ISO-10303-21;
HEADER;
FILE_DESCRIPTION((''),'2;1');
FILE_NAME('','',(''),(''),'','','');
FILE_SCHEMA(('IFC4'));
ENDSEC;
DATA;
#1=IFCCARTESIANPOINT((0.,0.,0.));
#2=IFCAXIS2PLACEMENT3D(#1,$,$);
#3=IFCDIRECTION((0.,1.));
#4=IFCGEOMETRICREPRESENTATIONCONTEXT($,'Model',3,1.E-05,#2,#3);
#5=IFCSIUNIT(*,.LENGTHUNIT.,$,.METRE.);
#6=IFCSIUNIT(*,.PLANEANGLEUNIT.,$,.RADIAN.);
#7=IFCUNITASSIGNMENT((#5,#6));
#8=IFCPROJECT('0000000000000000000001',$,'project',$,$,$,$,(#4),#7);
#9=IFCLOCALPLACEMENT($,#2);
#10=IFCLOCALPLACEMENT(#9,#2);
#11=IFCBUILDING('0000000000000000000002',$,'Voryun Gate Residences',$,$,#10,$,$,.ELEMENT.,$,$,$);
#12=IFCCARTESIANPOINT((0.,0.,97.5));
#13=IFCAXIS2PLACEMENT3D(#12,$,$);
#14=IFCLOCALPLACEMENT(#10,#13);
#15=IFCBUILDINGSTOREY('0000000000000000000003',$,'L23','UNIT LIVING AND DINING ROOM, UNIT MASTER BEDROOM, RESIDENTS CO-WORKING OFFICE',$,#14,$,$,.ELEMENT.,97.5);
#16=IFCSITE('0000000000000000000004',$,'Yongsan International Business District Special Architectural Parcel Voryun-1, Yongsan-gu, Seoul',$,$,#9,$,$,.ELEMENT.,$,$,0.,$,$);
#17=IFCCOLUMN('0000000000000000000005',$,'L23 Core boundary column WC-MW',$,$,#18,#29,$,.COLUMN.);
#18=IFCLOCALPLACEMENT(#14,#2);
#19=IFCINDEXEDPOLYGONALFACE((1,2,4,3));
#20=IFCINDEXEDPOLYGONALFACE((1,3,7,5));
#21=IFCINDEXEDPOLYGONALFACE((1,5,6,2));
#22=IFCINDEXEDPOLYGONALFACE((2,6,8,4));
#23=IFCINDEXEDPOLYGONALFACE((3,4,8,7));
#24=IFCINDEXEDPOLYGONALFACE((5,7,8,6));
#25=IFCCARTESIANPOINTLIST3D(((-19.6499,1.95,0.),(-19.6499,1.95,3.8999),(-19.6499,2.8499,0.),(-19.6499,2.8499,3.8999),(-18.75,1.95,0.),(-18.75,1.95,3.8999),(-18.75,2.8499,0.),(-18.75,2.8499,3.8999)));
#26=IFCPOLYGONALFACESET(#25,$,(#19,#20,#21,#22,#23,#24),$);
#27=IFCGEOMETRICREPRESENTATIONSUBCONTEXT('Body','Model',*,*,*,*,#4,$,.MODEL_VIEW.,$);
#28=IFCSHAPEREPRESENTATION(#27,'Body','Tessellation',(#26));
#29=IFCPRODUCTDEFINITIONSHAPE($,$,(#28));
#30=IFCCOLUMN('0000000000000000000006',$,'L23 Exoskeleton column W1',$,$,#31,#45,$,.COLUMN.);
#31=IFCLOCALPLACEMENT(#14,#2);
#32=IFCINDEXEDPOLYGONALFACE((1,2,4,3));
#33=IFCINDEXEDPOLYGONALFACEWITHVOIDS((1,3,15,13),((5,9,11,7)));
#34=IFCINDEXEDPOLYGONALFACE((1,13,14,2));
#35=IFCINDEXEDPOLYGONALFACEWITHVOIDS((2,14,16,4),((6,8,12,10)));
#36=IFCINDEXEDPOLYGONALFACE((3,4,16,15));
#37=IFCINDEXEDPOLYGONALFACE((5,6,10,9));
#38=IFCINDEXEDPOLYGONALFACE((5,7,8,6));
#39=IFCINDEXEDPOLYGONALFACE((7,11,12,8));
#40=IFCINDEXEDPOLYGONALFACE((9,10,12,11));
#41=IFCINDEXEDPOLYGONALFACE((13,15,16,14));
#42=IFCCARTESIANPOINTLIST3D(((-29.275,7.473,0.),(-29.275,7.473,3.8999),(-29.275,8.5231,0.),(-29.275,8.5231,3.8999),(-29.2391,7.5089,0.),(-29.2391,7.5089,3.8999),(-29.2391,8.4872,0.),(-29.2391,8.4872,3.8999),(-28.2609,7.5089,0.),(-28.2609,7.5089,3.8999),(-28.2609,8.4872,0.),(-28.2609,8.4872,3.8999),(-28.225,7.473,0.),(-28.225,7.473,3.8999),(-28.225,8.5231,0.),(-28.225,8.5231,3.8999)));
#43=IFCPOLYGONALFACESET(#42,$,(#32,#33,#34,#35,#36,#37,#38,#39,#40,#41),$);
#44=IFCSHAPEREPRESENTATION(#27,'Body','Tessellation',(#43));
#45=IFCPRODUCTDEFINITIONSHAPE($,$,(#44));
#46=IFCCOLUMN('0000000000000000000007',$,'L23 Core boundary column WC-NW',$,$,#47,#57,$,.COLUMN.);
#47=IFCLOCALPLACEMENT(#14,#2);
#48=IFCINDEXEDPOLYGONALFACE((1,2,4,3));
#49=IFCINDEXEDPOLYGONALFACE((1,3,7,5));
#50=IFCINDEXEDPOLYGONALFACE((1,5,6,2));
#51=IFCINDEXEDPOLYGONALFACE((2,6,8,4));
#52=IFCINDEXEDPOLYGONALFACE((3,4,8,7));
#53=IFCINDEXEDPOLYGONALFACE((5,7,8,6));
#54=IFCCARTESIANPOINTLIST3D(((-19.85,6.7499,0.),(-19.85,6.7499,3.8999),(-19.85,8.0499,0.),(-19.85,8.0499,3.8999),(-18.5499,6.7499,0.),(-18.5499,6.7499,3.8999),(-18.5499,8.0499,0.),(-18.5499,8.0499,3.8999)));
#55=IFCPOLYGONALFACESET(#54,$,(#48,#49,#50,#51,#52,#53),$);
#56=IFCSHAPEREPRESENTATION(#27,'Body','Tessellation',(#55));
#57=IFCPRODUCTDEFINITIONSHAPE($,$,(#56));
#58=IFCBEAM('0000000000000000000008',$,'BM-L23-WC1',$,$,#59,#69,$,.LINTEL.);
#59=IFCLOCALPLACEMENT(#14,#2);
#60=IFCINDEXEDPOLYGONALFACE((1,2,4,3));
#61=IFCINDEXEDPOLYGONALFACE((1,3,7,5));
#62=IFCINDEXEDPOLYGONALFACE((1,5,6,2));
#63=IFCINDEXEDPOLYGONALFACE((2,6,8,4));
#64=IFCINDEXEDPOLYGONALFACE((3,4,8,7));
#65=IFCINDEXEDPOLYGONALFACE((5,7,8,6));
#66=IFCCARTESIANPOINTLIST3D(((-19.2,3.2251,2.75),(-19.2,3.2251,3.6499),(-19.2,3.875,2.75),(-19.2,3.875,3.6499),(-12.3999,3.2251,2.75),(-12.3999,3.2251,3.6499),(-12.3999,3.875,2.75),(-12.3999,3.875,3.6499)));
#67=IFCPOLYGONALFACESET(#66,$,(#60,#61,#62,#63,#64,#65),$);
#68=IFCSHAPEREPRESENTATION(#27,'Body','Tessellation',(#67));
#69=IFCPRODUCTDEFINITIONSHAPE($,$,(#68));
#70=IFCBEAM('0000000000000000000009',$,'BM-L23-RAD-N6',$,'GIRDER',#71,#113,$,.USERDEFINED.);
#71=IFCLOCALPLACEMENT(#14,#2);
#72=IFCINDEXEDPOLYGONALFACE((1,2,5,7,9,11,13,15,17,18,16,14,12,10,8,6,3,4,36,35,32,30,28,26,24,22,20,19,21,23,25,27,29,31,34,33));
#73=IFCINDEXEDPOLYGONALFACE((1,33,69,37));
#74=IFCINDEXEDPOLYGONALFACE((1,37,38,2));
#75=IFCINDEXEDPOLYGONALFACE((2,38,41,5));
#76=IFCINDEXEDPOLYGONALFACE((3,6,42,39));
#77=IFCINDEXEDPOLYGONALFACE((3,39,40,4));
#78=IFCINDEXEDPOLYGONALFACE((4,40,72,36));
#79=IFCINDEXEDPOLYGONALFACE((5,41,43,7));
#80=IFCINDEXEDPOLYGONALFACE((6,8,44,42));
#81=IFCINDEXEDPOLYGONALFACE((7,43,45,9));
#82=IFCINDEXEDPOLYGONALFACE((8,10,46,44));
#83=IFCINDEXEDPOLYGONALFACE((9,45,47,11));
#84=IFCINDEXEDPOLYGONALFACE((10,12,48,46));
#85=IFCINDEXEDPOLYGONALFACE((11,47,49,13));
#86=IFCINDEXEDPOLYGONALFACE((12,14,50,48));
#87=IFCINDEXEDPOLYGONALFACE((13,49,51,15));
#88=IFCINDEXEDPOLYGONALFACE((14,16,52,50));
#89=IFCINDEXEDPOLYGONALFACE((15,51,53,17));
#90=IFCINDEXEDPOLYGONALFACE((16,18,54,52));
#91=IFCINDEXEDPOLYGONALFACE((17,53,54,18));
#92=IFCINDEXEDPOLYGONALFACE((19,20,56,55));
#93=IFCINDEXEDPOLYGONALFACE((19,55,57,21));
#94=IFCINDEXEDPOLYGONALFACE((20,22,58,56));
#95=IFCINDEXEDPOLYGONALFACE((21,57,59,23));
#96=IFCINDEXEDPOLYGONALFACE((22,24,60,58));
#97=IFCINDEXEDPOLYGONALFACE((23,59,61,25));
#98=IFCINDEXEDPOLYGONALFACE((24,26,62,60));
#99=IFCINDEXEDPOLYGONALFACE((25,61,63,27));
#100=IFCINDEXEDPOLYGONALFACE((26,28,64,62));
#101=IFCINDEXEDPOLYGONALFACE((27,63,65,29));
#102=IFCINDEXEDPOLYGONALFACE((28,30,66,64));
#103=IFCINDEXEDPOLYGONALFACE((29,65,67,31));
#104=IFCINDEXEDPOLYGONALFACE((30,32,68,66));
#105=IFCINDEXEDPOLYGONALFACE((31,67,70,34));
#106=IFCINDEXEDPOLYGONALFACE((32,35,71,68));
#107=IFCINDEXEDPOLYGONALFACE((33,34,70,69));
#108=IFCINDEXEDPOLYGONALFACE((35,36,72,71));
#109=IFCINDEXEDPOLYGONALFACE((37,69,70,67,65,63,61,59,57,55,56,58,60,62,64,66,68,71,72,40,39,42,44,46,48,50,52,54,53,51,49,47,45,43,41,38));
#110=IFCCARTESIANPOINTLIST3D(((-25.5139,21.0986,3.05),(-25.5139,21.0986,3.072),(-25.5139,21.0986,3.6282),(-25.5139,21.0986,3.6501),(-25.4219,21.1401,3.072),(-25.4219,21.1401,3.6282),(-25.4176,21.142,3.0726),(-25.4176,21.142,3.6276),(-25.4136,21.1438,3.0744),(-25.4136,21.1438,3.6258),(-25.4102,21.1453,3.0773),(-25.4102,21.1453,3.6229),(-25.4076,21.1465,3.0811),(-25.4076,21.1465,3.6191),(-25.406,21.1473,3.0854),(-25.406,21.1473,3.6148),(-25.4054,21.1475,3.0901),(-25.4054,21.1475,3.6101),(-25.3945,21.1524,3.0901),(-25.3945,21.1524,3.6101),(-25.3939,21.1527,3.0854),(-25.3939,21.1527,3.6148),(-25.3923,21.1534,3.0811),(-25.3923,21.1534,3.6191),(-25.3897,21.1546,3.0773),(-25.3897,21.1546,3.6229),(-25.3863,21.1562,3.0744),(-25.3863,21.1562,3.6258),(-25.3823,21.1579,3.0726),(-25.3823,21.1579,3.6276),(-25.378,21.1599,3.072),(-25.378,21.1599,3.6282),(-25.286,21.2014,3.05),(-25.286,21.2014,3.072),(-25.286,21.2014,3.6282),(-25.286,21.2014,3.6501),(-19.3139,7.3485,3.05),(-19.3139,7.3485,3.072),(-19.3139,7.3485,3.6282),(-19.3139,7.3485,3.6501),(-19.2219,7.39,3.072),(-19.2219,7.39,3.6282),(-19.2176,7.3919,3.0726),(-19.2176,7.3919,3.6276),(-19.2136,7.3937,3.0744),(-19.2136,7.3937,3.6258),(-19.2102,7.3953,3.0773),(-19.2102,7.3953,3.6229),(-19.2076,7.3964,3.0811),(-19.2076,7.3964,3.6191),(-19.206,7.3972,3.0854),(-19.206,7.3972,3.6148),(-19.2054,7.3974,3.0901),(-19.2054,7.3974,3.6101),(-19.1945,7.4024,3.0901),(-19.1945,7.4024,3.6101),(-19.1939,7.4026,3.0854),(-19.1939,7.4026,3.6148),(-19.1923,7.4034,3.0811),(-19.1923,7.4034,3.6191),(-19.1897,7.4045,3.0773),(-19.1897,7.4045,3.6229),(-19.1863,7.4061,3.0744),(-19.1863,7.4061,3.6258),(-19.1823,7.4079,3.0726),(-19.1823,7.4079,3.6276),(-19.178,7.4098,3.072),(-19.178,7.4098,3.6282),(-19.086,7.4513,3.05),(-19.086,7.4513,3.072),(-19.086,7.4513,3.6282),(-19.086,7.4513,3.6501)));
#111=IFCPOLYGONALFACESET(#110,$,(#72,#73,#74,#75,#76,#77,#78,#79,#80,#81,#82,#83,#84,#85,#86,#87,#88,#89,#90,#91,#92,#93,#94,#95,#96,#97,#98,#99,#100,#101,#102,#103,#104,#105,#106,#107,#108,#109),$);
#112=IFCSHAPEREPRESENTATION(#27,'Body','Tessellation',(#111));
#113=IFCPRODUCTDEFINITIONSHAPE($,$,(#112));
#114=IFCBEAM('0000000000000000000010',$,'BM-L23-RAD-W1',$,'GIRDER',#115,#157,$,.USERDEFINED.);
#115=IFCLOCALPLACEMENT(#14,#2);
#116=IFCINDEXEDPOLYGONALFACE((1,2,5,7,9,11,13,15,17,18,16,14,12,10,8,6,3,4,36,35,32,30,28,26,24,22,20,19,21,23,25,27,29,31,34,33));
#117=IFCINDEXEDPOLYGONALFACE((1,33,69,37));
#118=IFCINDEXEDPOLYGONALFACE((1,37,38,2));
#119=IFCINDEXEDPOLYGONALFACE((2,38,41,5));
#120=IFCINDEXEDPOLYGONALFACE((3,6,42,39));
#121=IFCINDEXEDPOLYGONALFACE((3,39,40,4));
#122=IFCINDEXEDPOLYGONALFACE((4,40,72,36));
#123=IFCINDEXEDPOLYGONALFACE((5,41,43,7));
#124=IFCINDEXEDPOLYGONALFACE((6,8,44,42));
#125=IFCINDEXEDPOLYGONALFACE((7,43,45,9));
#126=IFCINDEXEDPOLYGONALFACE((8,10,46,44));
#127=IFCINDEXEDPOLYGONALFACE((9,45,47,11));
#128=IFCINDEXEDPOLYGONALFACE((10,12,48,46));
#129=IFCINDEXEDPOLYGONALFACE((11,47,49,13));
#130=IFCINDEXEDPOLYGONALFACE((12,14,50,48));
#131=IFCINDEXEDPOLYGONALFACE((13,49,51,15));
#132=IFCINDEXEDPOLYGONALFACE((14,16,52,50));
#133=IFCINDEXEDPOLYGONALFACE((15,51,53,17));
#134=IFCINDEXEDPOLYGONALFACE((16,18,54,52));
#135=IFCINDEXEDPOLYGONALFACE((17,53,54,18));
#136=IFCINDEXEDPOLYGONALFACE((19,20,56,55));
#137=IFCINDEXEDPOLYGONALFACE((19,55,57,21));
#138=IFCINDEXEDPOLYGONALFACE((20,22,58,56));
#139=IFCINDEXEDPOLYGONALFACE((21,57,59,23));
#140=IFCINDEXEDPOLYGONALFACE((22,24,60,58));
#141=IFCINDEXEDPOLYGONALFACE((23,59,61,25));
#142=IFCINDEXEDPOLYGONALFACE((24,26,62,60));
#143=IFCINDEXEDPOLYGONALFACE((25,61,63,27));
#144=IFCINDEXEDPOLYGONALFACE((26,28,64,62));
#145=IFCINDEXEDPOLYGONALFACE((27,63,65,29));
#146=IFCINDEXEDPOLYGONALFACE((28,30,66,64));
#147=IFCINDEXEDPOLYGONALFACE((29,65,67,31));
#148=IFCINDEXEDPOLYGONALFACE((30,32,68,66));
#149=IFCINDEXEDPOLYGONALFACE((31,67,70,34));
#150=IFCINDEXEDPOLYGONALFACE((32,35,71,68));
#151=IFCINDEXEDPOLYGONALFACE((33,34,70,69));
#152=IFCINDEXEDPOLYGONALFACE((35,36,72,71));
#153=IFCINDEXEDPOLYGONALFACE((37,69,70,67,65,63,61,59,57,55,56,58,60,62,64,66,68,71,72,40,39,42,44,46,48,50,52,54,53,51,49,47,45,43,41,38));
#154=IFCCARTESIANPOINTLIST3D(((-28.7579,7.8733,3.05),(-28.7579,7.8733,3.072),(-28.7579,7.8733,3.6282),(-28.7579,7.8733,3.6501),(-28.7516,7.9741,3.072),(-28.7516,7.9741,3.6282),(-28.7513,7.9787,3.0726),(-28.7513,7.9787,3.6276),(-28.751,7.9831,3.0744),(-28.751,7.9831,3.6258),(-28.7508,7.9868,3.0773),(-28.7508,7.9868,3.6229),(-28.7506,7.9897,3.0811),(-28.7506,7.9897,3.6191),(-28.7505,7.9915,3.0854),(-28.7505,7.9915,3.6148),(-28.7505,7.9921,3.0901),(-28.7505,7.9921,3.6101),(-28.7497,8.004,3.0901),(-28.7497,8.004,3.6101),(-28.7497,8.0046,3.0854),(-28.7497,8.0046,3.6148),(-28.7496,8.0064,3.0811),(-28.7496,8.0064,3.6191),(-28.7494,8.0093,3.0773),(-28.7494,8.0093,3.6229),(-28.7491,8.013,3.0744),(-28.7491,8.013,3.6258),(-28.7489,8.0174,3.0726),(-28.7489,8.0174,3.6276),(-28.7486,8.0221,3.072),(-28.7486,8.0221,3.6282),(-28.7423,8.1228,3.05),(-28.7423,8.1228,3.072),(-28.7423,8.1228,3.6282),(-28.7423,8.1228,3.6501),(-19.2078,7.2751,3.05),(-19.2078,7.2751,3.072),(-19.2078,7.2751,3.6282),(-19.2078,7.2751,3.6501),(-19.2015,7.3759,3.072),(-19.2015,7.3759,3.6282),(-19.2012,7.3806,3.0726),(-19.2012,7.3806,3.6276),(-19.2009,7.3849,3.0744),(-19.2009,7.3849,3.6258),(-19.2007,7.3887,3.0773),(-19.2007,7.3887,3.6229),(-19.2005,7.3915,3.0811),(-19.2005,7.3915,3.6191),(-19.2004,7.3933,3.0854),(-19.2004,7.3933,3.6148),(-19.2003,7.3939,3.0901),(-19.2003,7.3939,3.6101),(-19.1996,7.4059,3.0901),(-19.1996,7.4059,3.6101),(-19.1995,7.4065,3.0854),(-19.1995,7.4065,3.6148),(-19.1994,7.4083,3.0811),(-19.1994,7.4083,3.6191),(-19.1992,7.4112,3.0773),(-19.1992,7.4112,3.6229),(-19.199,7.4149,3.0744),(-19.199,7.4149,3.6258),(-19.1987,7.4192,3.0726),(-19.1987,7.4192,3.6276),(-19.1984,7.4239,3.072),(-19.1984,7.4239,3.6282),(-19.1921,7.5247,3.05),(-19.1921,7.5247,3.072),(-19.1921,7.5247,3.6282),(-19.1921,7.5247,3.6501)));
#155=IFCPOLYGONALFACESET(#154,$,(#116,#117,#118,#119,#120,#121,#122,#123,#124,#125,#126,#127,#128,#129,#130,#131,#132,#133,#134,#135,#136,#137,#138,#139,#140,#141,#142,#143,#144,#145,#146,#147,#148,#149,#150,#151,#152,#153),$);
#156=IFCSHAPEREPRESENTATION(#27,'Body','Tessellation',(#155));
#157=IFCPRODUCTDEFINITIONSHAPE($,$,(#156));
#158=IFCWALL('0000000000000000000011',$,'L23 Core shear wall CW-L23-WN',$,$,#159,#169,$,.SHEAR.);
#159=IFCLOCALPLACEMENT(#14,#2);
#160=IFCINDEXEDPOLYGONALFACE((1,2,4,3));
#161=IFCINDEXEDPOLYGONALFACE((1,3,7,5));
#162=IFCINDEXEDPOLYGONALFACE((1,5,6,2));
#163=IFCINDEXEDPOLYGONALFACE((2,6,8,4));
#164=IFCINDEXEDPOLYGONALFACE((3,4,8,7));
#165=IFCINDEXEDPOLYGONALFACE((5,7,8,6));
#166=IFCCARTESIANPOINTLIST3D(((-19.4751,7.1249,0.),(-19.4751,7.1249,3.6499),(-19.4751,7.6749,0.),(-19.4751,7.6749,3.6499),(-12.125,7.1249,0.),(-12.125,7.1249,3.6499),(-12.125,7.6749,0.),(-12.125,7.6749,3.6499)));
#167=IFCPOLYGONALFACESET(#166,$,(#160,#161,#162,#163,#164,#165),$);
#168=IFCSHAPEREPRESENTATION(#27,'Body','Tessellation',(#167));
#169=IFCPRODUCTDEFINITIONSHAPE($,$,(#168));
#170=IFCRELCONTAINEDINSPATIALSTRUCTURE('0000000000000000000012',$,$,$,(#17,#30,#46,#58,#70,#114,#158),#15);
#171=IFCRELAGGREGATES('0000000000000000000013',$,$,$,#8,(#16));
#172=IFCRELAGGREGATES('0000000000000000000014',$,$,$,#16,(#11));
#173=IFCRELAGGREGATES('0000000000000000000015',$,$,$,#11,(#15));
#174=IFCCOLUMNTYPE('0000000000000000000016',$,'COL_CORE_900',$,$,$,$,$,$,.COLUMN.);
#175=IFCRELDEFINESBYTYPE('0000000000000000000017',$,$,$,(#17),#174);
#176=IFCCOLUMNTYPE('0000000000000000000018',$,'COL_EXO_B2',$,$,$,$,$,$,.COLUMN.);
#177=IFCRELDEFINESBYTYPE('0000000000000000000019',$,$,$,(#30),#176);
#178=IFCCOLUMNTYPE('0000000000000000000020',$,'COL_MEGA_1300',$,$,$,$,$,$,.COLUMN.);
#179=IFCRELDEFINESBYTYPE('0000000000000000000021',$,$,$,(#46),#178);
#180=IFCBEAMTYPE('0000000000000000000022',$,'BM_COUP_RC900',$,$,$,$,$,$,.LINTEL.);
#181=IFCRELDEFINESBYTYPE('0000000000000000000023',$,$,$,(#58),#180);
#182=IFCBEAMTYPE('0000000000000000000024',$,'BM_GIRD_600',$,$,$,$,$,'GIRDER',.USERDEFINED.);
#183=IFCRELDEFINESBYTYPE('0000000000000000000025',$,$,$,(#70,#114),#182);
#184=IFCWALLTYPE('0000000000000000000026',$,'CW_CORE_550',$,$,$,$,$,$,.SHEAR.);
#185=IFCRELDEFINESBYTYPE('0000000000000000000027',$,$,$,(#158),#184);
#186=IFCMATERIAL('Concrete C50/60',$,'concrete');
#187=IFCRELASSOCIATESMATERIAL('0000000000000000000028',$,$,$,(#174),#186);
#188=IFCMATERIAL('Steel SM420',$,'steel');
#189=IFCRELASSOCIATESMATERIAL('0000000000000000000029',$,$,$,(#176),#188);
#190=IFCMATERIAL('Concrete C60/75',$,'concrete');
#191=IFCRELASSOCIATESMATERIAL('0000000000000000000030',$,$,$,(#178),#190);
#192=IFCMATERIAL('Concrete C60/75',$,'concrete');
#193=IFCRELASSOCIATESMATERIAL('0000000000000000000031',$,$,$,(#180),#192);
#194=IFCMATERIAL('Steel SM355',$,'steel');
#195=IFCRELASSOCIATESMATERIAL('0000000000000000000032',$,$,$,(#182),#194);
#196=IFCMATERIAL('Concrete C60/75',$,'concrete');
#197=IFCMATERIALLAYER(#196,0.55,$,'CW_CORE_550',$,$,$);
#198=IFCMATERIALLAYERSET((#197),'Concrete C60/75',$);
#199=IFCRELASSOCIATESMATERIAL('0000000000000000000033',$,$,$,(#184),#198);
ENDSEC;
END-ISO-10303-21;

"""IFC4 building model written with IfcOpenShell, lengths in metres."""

from ifc_helpers import new_model, si_unit, direction, frame, frame_2d, origin, origin_2d, place, context, subcontext, project, spatial, rectangle, hollow_rectangle, i_section, extrude, material, layer, layer_set, material_profile, profile_set, type_object, element, save


model = new_model("IFC4")

# Units and contexts
model_context = context("Model", 3, precision=1e-05, world=origin(), true_north=direction((0.0, 1.0)))
body_context = subcontext(model_context, "Body", "Model", "MODEL_VIEW")
ifc_project = project(units=[si_unit("LENGTHUNIT", "METRE"), si_unit("PLANEANGLEUNIT", "RADIAN")], contexts=[model_context])

# Site, building, storey
site_placement = place(None, origin())
site = spatial("IfcSite", under=ifc_project, at=site_placement, Name="Yongsan International Business District Special Architectural Parcel Voryun-1, Yongsan-gu, Seoul", CompositionType="ELEMENT", RefElevation=0.0)
building_placement = place(site_placement, origin())
building = spatial("IfcBuilding", under=site, at=building_placement, Name="Voryun Gate Residences", CompositionType="ELEMENT")
storey_placement = place(building_placement, frame((0.0, 0.0, 97.5)))
storey = spatial("IfcBuildingStorey", under=building, at=storey_placement, Name="L23", Description="UNIT LIVING AND DINING ROOM, UNIT MASTER BEDROOM, RESIDENTS CO-WORKING OFFICE", CompositionType="ELEMENT", Elevation=97.5)

# Columns
ifc_material_1 = material(Name="Concrete C50/60", Category="concrete")
ifc_material_profile_1 = material_profile(ifc_material_1, rectangle(XDim=0.8999, YDim=0.8999, at=origin_2d()), Name="RC-900x900")
ifc_profile_set_1 = profile_set([ifc_material_profile_1], Name="Concrete C50/60")
column_type_1 = type_object("IfcColumnType", Name="COL_CORE_900", PredefinedType="COLUMN", material=ifc_profile_set_1)
column_1_placement = place(storey_placement, frame((-19.2, 2.3999, 0.0), z_axis=(0.0, 0.0, 1.0), x_axis=(1.0, 0.0, 0.0)))
element("IfcColumn", 1, at=column_1_placement, inside=storey, type_object=column_type_1, Name="L23 Core boundary column WC-MW", PredefinedType="COLUMN", context=body_context, shape_type="SweptSolid", body=[
    extrude(rectangle(XDim=0.8999, YDim=0.8999, at=origin_2d()), origin(), (0.0, 0.0, 1.0), 3.8999),
])
ifc_material_2 = material(Name="Steel SM420", Category="steel")
ifc_material_profile_2 = material_profile(ifc_material_2, hollow_rectangle(XDim=1.05, YDim=1.05, WallThickness=0.0359, at=origin_2d()), Name="BOX-1050x1050x36")
ifc_profile_set_2 = profile_set([ifc_material_profile_2], Name="Steel SM420")
column_type_2 = type_object("IfcColumnType", Name="COL_EXO_B2", PredefinedType="COLUMN", material=ifc_profile_set_2)
column_2_placement = place(storey_placement, frame((-28.75, 7.998, 0.0), z_axis=(0.0, 0.0, 1.0), x_axis=(1.0, 0.0, 0.0)))
element("IfcColumn", 2, at=column_2_placement, inside=storey, type_object=column_type_2, Name="L23 Exoskeleton column W1", PredefinedType="COLUMN", context=body_context, shape_type="SweptSolid", body=[
    extrude(hollow_rectangle(XDim=1.05, YDim=1.05, WallThickness=0.0359, at=origin_2d()), origin(), (0.0, 0.0, 1.0), 3.8999),
])
ifc_material_3 = material(Name="Concrete C60/75", Category="concrete")
ifc_material_profile_3 = material_profile(ifc_material_3, rectangle(XDim=1.3, YDim=1.3, at=origin_2d()), Name="RC-1300x1300")
ifc_profile_set_3 = profile_set([ifc_material_profile_3], Name="Concrete C60/75")
column_type_3 = type_object("IfcColumnType", Name="COL_MEGA_1300", PredefinedType="COLUMN", material=ifc_profile_set_3)
column_3_placement = place(storey_placement, frame((-19.2, 7.3999, 0.0), z_axis=(0.0, 0.0, 1.0), x_axis=(1.0, 0.0, 0.0)))
element("IfcColumn", 3, at=column_3_placement, inside=storey, type_object=column_type_3, Name="L23 Core boundary column WC-NW", PredefinedType="COLUMN", context=body_context, shape_type="SweptSolid", body=[
    extrude(rectangle(XDim=1.3, YDim=1.3, at=origin_2d()), origin(), (0.0, 0.0, 1.0), 3.8999),
])

# Beams
ifc_material_4 = material(Name="Concrete C60/75", Category="concrete")
ifc_material_profile_4 = material_profile(ifc_material_4, rectangle(XDim=0.6499, YDim=0.8999, at=origin_2d()), Name="RC-650x900")
ifc_profile_set_4 = profile_set([ifc_material_profile_4], Name="Concrete C60/75")
beam_type_1 = type_object("IfcBeamType", Name="BM_COUP_RC900", PredefinedType="LINTEL", material=ifc_profile_set_4)
beam_1_placement = place(storey_placement, frame((-19.2, 3.55, 3.2), z_axis=(1.0, 0.0, 0.0), x_axis=(0.0, 1.0, 0.0)))
element("IfcBeam", 4, at=beam_1_placement, inside=storey, type_object=beam_type_1, Name="BM-L23-WC1", PredefinedType="LINTEL", context=body_context, shape_type="SweptSolid", body=[
    extrude(rectangle(XDim=0.6499, YDim=0.8999, at=origin_2d()), origin(), (0.0, 0.0, 1.0), 6.8),
])
ifc_material_5 = material(Name="Steel SM355", Category="steel")
ifc_material_profile_5 = material_profile(ifc_material_5, i_section(OverallWidth=0.25, OverallDepth=0.6001, WebThickness=0.012, FlangeThickness=0.022, FilletRadius=0.0181, at=origin_2d()), Name="H-600x250x12x22")
ifc_profile_set_5 = profile_set([ifc_material_profile_5], Name="Steel SM355")
beam_type_2 = type_object("IfcBeamType", Name="BM_GIRD_600", ElementType="GIRDER", PredefinedType="USERDEFINED", material=ifc_profile_set_5)
beam_2_placement = place(storey_placement, frame((-19.2, 7.3999, 3.3501), z_axis=(-0.411051, 0.911612, 0.0), x_axis=(-0.911612, -0.411051, 0.0)))
element("IfcBeam", 5, at=beam_2_placement, inside=storey, type_object=beam_type_2, Name="BM-L23-RAD-N6", ObjectType="GIRDER", PredefinedType="USERDEFINED", context=body_context, shape_type="SweptSolid", body=[
    extrude(i_section(OverallWidth=0.25, OverallDepth=0.6001, WebThickness=0.012, FlangeThickness=0.022, FilletRadius=0.0181, at=origin_2d()), origin(), (0.0, 0.0, 1.0), 15.0833),
])
beam_3_placement = place(storey_placement, frame((-19.2, 7.3999, 3.3501), z_axis=(-0.998044, 0.06251, 0.0), x_axis=(-0.06251, -0.998044, 0.0)))
element("IfcBeam", 6, at=beam_3_placement, inside=storey, type_object=beam_type_2, Name="BM-L23-RAD-W1", ObjectType="GIRDER", PredefinedType="USERDEFINED", context=body_context, shape_type="SweptSolid", body=[
    extrude(i_section(OverallWidth=0.25, OverallDepth=0.6001, WebThickness=0.012, FlangeThickness=0.022, FilletRadius=0.0181, at=origin_2d()), origin(), (0.0, 0.0, 1.0), 9.5688),
])

# Wall
ifc_material_6 = material(Name="Concrete C60/75", Category="concrete")
ifc_layer_1 = layer(ifc_material_6, 0.55, Name="CW_CORE_550")
ifc_layer_set_1 = layer_set([ifc_layer_1], Name="Concrete C60/75")
wall_type_1 = type_object("IfcWallType", Name="CW_CORE_550", PredefinedType="SHEAR", material=ifc_layer_set_1)
wall_1_placement = place(storey_placement, frame((-19.4751, 7.3999, 0.0), z_axis=(0.0, 0.0, 1.0), x_axis=(1.0, 0.0, 0.0)))
element("IfcWall", 7, at=wall_1_placement, inside=storey, type_object=wall_type_1, Name="L23 Core shear wall CW-L23-WN", PredefinedType="SHEAR", context=body_context, shape_type="SweptSolid", body=[
    extrude(rectangle(XDim=7.3501, YDim=0.55, at=frame_2d((3.675, 0.0))), origin(), (0.0, 0.0, 1.0), 3.6499),
])

save(model, "model.ifc")
